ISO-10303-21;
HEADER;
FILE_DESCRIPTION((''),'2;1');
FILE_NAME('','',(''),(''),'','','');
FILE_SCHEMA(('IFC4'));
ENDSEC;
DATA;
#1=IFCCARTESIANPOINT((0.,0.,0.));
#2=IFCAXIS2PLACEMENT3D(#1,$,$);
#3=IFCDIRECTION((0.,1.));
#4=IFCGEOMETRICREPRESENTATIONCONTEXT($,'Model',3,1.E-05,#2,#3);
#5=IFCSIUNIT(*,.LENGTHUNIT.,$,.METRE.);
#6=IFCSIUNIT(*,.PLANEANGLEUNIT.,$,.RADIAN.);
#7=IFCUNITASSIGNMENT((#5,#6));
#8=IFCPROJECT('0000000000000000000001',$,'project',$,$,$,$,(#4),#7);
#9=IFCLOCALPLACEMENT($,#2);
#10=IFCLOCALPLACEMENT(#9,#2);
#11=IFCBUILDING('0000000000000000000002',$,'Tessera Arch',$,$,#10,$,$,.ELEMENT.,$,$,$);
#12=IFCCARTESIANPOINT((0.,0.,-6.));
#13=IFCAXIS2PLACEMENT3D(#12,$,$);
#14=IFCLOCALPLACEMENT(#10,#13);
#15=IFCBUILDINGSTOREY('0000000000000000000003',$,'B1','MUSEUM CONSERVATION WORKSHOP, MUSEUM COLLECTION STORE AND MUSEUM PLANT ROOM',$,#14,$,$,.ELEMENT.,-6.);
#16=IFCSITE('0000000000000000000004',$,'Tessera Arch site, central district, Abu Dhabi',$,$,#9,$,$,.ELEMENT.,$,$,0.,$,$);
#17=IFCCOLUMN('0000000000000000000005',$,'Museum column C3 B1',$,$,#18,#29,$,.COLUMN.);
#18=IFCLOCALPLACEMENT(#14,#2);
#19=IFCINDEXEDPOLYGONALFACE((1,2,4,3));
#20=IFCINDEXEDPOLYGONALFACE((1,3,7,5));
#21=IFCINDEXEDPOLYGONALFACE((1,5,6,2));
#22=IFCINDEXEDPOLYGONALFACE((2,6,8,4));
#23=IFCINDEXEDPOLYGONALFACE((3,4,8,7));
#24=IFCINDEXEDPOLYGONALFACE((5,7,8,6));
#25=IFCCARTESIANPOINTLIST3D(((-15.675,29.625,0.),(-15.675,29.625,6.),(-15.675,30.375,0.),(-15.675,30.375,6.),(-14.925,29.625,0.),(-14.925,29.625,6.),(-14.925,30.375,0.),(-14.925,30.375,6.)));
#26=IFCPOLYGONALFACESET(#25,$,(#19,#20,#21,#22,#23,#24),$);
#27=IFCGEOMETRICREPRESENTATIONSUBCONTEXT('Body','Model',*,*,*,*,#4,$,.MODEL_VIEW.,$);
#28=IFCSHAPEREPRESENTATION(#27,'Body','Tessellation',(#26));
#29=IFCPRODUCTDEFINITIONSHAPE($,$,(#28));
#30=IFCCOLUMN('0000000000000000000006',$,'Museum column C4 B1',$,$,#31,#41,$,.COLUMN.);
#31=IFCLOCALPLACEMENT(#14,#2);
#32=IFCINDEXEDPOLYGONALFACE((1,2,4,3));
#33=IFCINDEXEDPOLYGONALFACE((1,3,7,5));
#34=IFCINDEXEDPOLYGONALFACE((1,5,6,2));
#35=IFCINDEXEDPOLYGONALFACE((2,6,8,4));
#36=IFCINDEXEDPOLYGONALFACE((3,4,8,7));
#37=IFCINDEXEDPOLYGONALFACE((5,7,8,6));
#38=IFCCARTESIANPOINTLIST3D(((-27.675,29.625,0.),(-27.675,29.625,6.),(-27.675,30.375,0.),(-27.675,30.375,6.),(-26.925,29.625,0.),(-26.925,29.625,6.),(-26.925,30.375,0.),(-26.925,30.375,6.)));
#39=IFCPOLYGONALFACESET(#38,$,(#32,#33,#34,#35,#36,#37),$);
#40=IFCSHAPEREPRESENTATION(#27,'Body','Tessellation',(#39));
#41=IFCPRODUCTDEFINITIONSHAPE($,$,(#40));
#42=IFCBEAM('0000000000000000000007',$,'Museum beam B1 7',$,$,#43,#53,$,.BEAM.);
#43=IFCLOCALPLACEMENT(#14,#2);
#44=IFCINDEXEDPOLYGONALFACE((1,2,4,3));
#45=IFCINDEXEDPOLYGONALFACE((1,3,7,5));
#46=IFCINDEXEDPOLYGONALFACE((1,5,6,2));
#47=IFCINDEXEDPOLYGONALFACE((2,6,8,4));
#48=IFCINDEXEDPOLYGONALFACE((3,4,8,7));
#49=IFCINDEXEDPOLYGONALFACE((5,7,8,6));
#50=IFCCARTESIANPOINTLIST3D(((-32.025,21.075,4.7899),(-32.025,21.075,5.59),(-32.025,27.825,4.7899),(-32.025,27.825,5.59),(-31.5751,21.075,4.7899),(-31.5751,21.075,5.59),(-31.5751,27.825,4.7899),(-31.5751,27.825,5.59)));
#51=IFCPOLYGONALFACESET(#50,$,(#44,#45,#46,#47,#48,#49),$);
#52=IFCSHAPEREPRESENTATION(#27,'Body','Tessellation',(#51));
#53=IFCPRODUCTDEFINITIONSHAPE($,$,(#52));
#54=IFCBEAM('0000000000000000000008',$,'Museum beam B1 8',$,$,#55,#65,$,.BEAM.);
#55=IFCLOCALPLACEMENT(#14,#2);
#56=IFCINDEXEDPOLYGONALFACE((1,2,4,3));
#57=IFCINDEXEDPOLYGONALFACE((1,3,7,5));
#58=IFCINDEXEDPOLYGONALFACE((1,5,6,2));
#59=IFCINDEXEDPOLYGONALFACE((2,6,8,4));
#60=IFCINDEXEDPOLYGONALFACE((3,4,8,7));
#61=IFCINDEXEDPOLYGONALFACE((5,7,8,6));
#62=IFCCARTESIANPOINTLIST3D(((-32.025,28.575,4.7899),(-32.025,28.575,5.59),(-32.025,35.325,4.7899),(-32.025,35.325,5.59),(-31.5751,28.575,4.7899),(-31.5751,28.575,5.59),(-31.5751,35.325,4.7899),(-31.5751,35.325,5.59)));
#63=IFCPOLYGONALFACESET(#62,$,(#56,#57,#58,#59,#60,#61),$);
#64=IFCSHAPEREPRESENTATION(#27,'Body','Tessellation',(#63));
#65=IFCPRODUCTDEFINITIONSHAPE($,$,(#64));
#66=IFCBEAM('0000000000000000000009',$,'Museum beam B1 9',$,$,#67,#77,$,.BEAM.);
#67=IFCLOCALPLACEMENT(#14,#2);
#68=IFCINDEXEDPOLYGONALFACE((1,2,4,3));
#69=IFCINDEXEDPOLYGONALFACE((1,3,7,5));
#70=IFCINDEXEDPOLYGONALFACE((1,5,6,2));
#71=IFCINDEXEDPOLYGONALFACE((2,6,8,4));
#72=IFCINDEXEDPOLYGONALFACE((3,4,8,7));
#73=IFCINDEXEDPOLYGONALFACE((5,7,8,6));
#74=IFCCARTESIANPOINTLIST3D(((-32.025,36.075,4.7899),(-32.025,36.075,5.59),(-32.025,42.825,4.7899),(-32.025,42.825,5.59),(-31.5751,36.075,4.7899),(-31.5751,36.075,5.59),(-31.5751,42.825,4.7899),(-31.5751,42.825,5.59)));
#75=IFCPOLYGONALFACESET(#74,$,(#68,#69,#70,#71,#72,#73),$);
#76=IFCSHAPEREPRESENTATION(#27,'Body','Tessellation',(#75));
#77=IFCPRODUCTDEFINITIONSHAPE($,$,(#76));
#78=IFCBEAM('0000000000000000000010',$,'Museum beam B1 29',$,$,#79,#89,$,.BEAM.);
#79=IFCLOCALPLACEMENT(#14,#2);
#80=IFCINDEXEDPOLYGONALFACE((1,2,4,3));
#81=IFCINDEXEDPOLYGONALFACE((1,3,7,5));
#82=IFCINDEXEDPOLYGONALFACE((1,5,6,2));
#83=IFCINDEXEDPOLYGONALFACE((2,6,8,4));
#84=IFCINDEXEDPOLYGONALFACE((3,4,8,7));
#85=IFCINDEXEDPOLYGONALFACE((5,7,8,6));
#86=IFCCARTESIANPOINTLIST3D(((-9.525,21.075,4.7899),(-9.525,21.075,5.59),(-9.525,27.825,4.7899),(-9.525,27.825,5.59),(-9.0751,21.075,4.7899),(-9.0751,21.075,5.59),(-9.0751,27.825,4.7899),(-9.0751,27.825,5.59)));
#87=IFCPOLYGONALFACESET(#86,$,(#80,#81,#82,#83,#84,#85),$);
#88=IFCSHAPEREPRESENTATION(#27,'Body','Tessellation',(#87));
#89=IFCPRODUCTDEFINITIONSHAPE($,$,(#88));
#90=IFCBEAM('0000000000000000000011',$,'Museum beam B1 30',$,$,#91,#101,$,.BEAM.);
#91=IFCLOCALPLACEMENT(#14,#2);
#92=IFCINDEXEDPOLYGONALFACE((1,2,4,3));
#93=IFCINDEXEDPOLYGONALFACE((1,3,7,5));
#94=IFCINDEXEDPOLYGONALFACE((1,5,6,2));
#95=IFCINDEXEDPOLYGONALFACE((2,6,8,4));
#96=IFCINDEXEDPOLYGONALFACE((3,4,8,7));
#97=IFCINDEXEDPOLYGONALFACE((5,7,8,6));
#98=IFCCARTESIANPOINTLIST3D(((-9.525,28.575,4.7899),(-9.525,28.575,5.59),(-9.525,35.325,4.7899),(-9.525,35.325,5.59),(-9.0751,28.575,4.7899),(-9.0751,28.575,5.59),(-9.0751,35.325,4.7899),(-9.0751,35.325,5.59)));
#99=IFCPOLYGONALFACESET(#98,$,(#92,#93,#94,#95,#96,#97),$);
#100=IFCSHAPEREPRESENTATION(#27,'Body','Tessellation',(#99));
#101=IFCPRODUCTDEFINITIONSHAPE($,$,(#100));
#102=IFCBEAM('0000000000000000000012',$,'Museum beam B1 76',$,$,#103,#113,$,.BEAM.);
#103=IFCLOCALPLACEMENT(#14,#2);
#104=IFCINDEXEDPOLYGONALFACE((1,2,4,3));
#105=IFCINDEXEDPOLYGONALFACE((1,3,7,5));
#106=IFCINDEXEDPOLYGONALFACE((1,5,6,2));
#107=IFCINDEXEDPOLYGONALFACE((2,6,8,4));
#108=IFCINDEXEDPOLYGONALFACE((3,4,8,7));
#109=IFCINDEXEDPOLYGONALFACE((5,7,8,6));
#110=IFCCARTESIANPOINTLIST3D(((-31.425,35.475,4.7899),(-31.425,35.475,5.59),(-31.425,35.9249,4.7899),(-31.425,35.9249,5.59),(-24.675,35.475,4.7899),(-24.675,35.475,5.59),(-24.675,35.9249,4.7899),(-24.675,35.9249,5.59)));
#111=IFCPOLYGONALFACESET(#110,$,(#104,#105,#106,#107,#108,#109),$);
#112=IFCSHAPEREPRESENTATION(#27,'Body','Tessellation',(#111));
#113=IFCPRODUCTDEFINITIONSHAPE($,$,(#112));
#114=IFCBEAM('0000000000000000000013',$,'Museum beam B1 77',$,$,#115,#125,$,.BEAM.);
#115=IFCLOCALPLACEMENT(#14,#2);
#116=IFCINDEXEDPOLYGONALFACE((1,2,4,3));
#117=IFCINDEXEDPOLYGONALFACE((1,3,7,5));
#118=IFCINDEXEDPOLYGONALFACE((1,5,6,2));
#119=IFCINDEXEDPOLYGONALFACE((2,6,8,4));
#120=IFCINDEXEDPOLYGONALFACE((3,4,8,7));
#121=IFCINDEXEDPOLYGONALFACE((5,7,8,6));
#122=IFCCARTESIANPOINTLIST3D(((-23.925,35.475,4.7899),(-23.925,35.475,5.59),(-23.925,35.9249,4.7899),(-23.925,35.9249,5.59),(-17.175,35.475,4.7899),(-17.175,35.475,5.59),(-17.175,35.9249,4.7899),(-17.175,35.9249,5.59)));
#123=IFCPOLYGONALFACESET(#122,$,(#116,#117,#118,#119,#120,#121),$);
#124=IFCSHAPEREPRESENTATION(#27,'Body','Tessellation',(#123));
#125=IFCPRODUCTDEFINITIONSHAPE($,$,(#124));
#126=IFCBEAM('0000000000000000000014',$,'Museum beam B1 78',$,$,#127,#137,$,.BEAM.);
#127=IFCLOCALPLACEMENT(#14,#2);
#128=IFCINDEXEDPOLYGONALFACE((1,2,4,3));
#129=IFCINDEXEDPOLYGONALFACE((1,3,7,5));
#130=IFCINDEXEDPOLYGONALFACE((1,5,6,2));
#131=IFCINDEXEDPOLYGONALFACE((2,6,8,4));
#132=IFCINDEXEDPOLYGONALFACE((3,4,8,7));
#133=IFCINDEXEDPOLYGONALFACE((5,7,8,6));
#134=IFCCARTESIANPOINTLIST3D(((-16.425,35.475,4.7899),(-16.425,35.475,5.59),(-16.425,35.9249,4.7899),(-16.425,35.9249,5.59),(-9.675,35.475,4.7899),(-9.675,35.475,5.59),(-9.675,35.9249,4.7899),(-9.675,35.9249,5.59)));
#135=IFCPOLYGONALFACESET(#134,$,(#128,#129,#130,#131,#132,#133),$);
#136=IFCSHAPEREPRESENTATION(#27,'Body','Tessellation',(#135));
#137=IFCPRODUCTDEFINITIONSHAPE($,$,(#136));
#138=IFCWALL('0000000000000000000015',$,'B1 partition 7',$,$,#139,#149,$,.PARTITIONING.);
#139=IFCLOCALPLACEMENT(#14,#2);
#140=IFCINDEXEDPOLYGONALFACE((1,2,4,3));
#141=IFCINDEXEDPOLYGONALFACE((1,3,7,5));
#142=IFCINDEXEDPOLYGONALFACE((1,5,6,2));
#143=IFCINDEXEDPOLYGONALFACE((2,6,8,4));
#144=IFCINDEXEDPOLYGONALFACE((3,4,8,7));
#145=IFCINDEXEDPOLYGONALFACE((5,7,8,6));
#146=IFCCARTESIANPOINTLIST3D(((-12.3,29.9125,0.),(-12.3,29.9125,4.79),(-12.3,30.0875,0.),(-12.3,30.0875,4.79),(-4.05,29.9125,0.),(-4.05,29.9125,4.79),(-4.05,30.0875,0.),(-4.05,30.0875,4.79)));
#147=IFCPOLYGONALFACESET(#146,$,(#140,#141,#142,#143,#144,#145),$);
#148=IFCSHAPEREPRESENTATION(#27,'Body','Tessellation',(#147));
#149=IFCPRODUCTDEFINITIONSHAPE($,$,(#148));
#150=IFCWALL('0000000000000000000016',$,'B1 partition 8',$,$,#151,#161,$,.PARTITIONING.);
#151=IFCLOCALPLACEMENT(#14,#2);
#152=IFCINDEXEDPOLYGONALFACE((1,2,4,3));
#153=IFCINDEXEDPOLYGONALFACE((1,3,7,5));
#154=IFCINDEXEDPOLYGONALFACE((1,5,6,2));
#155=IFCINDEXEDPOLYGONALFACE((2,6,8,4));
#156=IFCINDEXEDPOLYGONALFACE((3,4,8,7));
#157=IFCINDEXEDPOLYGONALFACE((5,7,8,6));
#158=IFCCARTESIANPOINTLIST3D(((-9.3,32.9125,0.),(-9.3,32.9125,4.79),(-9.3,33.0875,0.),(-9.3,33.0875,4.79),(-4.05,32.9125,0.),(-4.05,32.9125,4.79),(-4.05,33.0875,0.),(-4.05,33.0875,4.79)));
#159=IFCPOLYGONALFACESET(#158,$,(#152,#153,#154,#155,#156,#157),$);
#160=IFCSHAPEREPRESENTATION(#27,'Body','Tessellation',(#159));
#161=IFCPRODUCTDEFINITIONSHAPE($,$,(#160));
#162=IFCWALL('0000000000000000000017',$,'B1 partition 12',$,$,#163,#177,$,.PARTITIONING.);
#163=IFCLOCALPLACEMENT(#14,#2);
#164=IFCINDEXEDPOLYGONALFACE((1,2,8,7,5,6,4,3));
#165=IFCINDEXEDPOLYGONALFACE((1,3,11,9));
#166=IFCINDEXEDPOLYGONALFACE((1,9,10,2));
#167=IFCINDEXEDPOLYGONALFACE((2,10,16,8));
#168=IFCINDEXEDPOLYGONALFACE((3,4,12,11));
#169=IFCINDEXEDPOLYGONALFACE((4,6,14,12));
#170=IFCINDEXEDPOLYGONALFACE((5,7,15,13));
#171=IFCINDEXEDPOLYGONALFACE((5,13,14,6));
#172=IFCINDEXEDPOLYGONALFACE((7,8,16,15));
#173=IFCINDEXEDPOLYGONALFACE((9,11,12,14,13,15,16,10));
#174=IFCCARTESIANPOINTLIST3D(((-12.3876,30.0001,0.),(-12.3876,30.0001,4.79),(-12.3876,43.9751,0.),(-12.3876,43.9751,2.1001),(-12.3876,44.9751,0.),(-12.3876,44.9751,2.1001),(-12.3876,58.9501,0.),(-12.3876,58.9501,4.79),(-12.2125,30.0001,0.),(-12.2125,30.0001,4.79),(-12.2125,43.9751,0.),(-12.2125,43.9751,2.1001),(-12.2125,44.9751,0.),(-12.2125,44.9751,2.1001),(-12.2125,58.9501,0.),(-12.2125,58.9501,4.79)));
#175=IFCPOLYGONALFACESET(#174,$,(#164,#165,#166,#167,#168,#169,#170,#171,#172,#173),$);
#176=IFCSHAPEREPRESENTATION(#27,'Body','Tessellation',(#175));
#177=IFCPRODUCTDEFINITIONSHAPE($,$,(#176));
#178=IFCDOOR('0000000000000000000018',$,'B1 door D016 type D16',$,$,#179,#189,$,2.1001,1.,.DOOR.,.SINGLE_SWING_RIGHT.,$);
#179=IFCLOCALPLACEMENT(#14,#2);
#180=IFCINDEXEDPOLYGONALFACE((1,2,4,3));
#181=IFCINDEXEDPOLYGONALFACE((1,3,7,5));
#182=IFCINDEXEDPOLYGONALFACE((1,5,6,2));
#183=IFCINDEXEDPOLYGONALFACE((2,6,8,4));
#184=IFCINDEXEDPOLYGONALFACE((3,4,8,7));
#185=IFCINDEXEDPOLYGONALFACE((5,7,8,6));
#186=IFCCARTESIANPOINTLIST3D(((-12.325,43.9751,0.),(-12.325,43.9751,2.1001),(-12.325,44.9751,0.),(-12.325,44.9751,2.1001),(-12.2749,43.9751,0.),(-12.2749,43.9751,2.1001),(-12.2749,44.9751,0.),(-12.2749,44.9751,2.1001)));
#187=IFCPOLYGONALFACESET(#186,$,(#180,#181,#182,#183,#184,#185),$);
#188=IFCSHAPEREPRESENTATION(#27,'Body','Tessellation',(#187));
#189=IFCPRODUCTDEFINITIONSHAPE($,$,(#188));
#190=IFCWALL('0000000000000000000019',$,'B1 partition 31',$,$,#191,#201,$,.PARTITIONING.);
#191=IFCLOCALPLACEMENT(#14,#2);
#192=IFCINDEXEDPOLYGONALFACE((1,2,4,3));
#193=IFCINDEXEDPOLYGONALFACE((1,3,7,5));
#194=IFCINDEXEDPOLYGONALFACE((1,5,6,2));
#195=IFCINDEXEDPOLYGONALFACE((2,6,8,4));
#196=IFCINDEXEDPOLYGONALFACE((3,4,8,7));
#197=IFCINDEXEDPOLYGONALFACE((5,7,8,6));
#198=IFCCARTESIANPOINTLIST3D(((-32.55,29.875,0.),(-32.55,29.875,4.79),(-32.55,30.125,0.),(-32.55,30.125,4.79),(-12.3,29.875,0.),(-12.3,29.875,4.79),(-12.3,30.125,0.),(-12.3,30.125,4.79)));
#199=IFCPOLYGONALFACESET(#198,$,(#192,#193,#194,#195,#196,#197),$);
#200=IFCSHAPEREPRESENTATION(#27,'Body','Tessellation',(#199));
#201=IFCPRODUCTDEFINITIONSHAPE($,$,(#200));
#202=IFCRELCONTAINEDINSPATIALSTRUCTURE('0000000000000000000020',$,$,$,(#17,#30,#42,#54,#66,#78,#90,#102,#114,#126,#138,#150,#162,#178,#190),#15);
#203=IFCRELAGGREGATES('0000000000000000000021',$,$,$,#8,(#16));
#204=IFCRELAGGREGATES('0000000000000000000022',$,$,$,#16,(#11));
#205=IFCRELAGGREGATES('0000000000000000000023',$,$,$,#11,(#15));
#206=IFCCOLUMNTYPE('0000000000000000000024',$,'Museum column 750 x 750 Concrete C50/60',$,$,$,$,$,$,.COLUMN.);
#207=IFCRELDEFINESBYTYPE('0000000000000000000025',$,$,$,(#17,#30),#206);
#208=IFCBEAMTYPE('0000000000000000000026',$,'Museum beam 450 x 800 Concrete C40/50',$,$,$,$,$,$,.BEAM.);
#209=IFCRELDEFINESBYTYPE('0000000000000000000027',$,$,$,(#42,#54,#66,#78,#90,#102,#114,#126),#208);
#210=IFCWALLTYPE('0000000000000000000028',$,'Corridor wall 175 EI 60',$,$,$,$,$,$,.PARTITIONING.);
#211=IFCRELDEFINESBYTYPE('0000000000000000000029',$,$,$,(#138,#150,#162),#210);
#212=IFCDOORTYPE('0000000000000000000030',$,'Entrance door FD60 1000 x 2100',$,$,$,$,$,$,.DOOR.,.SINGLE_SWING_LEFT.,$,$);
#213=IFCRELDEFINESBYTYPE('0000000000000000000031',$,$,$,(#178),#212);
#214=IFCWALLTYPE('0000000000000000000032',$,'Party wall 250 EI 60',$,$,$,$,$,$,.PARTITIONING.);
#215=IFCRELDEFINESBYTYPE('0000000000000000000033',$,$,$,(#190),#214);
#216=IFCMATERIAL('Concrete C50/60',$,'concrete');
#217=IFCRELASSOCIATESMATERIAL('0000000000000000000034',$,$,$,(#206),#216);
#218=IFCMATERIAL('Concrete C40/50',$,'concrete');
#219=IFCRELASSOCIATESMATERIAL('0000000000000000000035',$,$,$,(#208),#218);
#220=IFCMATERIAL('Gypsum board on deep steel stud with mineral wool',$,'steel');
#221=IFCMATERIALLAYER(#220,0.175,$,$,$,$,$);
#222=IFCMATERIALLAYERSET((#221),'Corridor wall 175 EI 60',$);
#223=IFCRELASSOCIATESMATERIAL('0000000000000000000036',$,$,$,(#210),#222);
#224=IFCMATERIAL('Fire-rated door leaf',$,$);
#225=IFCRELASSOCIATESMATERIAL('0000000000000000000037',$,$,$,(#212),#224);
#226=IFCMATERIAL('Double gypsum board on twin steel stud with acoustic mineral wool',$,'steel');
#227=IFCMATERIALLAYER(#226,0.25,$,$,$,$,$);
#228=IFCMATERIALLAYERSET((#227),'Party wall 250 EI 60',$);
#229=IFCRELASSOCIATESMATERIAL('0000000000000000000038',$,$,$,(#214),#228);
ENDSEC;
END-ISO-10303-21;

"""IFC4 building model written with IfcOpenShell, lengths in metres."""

from ifc_helpers import new_model, si_unit, direction, frame, frame_2d, origin, origin_2d, place, context, subcontext, project, spatial, rectangle, extrude, material, layer, layer_set, material_profile, profile_set, type_object, element, fill, save


model = new_model("IFC4")

# Units and contexts
model_context = context("Model", 3, precision=1e-05, world=origin(), true_north=direction((0.0, 1.0)))
body_context = subcontext(model_context, "Body", "Model", "MODEL_VIEW")
ifc_project = project(units=[si_unit("LENGTHUNIT", "METRE"), si_unit("PLANEANGLEUNIT", "RADIAN")], contexts=[model_context])

# Site, building, storey
site_placement = place(None, origin())
site = spatial("IfcSite", under=ifc_project, at=site_placement, Name="Tessera Arch site, central district, Abu Dhabi", CompositionType="ELEMENT", RefElevation=0.0)
building_placement = place(site_placement, origin())
building = spatial("IfcBuilding", under=site, at=building_placement, Name="Tessera Arch", CompositionType="ELEMENT")
storey_placement = place(building_placement, frame((0.0, 0.0, -6.0)))
storey = spatial("IfcBuildingStorey", under=building, at=storey_placement, Name="B1", Description="MUSEUM CONSERVATION WORKSHOP, MUSEUM COLLECTION STORE AND MUSEUM PLANT ROOM", CompositionType="ELEMENT", Elevation=-6.0)

# Columns
ifc_material_1 = material(Name="Concrete C50/60", Category="concrete")
ifc_material_profile_1 = material_profile(ifc_material_1, rectangle(XDim=0.75, YDim=0.75, at=origin_2d()), Name="Museum column 750 x 750 Concrete C50/60")
ifc_profile_set_1 = profile_set([ifc_material_profile_1], Name="Concrete C50/60")
column_type = type_object("IfcColumnType", Name="Museum column 750 x 750 Concrete C50/60", PredefinedType="COLUMN", material=ifc_profile_set_1)
for number, where, z_axis, x_axis, name in (
    (1, (-15.3, 30.0, 0.0), (0.0, 0.0, 1.0), (1.0, 0.0, 0.0), "Museum column C3 B1"),
    (2, (-27.3, 30.0, 0.0), (0.0, 0.0, 1.0), (1.0, 0.0, 0.0), "Museum column C4 B1"),
):
    element("IfcColumn", number, at=place(storey_placement, frame(where, z_axis=z_axis, x_axis=x_axis)), inside=storey, type_object=column_type, Name=name, PredefinedType="COLUMN", context=body_context, shape_type="SweptSolid", body=[
        extrude(rectangle(XDim=0.75, YDim=0.75, at=origin_2d()), origin(), (0.0, 0.0, 1.0), 6.0),
    ])

# Beams
ifc_material_2 = material(Name="Concrete C40/50", Category="concrete")
ifc_material_profile_2 = material_profile(ifc_material_2, rectangle(XDim=0.45, YDim=0.8, at=origin_2d()), Name="Museum beam 450 x 800 Concrete C40/50")
ifc_profile_set_2 = profile_set([ifc_material_profile_2], Name="Concrete C40/50")
beam_type = type_object("IfcBeamType", Name="Museum beam 450 x 800 Concrete C40/50", PredefinedType="BEAM", material=ifc_profile_set_2)
for number, where, z_axis, x_axis, name in (
    (3, (-31.8, 21.075, 5.1899), (0.0, 1.0, 0.0), (-1.0, 0.0, 0.0), "Museum beam B1 7"),
    (4, (-31.8, 28.575, 5.1899), (0.0, 1.0, 0.0), (-1.0, 0.0, 0.0), "Museum beam B1 8"),
    (5, (-31.8, 36.075, 5.1899), (0.0, 1.0, 0.0), (-1.0, 0.0, 0.0), "Museum beam B1 9"),
    (6, (-9.3, 21.075, 5.1899), (0.0, 1.0, 0.0), (-1.0, 0.0, 0.0), "Museum beam B1 29"),
    (7, (-9.3, 28.575, 5.1899), (0.0, 1.0, 0.0), (-1.0, 0.0, 0.0), "Museum beam B1 30"),
    (8, (-31.425, 35.7, 5.1899), (1.0, 0.0, 0.0), (0.0, 1.0, 0.0), "Museum beam B1 76"),
    (9, (-23.925, 35.7, 5.1899), (1.0, 0.0, 0.0), (0.0, 1.0, 0.0), "Museum beam B1 77"),
    (10, (-16.425, 35.7, 5.1899), (1.0, 0.0, 0.0), (0.0, 1.0, 0.0), "Museum beam B1 78"),
):
    element("IfcBeam", number, at=place(storey_placement, frame(where, z_axis=z_axis, x_axis=x_axis)), inside=storey, type_object=beam_type, Name=name, PredefinedType="BEAM", context=body_context, shape_type="SweptSolid", body=[
        extrude(rectangle(XDim=0.45, YDim=0.8, at=origin_2d()), origin(), (0.0, 0.0, 1.0), 6.75),
    ])

# Walls
ifc_material_3 = material(Name="Gypsum board on deep steel stud with mineral wool", Category="steel")
ifc_layer_1 = layer(ifc_material_3, 0.175)
ifc_layer_set_1 = layer_set([ifc_layer_1], Name="Corridor wall 175 EI 60")
wall_type_1 = type_object("IfcWallType", Name="Corridor wall 175 EI 60", PredefinedType="PARTITIONING", material=ifc_layer_set_1)
wall_1_placement = place(storey_placement, frame((-12.3, 30.0, 0.0), z_axis=(0.0, 0.0, 1.0), x_axis=(1.0, 0.0, 0.0)))
element("IfcWall", 11, at=wall_1_placement, inside=storey, type_object=wall_type_1, Name="B1 partition 7", PredefinedType="PARTITIONING", context=body_context, shape_type="SweptSolid", body=[
    extrude(rectangle(XDim=8.25, YDim=0.175, at=frame_2d((4.125, 0.0))), origin(), (0.0, 0.0, 1.0), 4.79),
])
wall_2_placement = place(storey_placement, frame((-9.3, 33.0, 0.0), z_axis=(0.0, 0.0, 1.0), x_axis=(1.0, 0.0, 0.0)))
element("IfcWall", 12, at=wall_2_placement, inside=storey, type_object=wall_type_1, Name="B1 partition 8", PredefinedType="PARTITIONING", context=body_context, shape_type="SweptSolid", body=[
    extrude(rectangle(XDim=5.25, YDim=0.175, at=frame_2d((2.625, 0.0))), origin(), (0.0, 0.0, 1.0), 4.79),
])

# Wall, opening, door
wall_3_placement = place(storey_placement, frame((-12.3, 30.0, 0.0), z_axis=(0.0, 0.0, 1.0), x_axis=(0.0, 1.0, 0.0)))
wall_3 = element("IfcWall", 13, at=wall_3_placement, inside=storey, type_object=wall_type_1, Name="B1 partition 12", PredefinedType="PARTITIONING", context=body_context, shape_type="SweptSolid", body=[
    extrude(rectangle(XDim=28.95, YDim=0.175, at=frame_2d((14.4751, 0.0))), origin(), (0.0, 0.0, 1.0), 4.79),
])
opening_placement = place(wall_3_placement, frame((13.9751, 0.0, 0.0)))
opening = element("IfcOpeningElement", 14, at=opening_placement, cuts=wall_3, PredefinedType="OPENING", context=body_context, shape_type="SweptSolid", body=[
    extrude(rectangle(XDim=1.0, YDim=2.1001, at=frame_2d((0.5, 1.05))), frame((0.0, 0.0974, 0.0), z_axis=(0.0, -1.0, 0.0), x_axis=(1.0, 0.0, 0.0)), (0.0, 0.0, 1.0), 0.1951),
])
ifc_material_4 = material(Name="Fire-rated door leaf")
door_type = type_object("IfcDoorType", Name="Entrance door FD60 1000 x 2100", OperationType="SINGLE_SWING_LEFT", PredefinedType="DOOR", material=ifc_material_4)
door_placement = place(opening_placement, origin())
door = element("IfcDoor", 15, at=door_placement, inside=storey, type_object=door_type, Name="B1 door D016 type D16", OperationType="SINGLE_SWING_RIGHT", OverallHeight=2.1001, OverallWidth=1.0, PredefinedType="DOOR", context=body_context, shape_type="SweptSolid", body=[
    extrude(rectangle(XDim=1.0, YDim=2.1001, at=frame_2d((0.5, 1.05))), frame((0.0, 0.0249, 0.0), z_axis=(0.0, -1.0, 0.0), x_axis=(1.0, 0.0, 0.0)), (0.0, 0.0, 1.0), 0.05),
])
fill(opening, door)

# Wall
ifc_material_5 = material(Name="Double gypsum board on twin steel stud with acoustic mineral wool", Category="steel")
ifc_layer_2 = layer(ifc_material_5, 0.25)
ifc_layer_set_2 = layer_set([ifc_layer_2], Name="Party wall 250 EI 60")
wall_type_2 = type_object("IfcWallType", Name="Party wall 250 EI 60", PredefinedType="PARTITIONING", material=ifc_layer_set_2)
wall_4_placement = place(storey_placement, frame((-32.55, 30.0, 0.0), z_axis=(0.0, 0.0, 1.0), x_axis=(1.0, 0.0, 0.0)))
element("IfcWall", 16, at=wall_4_placement, inside=storey, type_object=wall_type_2, Name="B1 partition 31", PredefinedType="PARTITIONING", context=body_context, shape_type="SweptSolid", body=[
    extrude(rectangle(XDim=20.25, YDim=0.25, at=frame_2d((10.125, 0.0))), origin(), (0.0, 0.0, 1.0), 4.79),
])

save(model, "model.ifc")
